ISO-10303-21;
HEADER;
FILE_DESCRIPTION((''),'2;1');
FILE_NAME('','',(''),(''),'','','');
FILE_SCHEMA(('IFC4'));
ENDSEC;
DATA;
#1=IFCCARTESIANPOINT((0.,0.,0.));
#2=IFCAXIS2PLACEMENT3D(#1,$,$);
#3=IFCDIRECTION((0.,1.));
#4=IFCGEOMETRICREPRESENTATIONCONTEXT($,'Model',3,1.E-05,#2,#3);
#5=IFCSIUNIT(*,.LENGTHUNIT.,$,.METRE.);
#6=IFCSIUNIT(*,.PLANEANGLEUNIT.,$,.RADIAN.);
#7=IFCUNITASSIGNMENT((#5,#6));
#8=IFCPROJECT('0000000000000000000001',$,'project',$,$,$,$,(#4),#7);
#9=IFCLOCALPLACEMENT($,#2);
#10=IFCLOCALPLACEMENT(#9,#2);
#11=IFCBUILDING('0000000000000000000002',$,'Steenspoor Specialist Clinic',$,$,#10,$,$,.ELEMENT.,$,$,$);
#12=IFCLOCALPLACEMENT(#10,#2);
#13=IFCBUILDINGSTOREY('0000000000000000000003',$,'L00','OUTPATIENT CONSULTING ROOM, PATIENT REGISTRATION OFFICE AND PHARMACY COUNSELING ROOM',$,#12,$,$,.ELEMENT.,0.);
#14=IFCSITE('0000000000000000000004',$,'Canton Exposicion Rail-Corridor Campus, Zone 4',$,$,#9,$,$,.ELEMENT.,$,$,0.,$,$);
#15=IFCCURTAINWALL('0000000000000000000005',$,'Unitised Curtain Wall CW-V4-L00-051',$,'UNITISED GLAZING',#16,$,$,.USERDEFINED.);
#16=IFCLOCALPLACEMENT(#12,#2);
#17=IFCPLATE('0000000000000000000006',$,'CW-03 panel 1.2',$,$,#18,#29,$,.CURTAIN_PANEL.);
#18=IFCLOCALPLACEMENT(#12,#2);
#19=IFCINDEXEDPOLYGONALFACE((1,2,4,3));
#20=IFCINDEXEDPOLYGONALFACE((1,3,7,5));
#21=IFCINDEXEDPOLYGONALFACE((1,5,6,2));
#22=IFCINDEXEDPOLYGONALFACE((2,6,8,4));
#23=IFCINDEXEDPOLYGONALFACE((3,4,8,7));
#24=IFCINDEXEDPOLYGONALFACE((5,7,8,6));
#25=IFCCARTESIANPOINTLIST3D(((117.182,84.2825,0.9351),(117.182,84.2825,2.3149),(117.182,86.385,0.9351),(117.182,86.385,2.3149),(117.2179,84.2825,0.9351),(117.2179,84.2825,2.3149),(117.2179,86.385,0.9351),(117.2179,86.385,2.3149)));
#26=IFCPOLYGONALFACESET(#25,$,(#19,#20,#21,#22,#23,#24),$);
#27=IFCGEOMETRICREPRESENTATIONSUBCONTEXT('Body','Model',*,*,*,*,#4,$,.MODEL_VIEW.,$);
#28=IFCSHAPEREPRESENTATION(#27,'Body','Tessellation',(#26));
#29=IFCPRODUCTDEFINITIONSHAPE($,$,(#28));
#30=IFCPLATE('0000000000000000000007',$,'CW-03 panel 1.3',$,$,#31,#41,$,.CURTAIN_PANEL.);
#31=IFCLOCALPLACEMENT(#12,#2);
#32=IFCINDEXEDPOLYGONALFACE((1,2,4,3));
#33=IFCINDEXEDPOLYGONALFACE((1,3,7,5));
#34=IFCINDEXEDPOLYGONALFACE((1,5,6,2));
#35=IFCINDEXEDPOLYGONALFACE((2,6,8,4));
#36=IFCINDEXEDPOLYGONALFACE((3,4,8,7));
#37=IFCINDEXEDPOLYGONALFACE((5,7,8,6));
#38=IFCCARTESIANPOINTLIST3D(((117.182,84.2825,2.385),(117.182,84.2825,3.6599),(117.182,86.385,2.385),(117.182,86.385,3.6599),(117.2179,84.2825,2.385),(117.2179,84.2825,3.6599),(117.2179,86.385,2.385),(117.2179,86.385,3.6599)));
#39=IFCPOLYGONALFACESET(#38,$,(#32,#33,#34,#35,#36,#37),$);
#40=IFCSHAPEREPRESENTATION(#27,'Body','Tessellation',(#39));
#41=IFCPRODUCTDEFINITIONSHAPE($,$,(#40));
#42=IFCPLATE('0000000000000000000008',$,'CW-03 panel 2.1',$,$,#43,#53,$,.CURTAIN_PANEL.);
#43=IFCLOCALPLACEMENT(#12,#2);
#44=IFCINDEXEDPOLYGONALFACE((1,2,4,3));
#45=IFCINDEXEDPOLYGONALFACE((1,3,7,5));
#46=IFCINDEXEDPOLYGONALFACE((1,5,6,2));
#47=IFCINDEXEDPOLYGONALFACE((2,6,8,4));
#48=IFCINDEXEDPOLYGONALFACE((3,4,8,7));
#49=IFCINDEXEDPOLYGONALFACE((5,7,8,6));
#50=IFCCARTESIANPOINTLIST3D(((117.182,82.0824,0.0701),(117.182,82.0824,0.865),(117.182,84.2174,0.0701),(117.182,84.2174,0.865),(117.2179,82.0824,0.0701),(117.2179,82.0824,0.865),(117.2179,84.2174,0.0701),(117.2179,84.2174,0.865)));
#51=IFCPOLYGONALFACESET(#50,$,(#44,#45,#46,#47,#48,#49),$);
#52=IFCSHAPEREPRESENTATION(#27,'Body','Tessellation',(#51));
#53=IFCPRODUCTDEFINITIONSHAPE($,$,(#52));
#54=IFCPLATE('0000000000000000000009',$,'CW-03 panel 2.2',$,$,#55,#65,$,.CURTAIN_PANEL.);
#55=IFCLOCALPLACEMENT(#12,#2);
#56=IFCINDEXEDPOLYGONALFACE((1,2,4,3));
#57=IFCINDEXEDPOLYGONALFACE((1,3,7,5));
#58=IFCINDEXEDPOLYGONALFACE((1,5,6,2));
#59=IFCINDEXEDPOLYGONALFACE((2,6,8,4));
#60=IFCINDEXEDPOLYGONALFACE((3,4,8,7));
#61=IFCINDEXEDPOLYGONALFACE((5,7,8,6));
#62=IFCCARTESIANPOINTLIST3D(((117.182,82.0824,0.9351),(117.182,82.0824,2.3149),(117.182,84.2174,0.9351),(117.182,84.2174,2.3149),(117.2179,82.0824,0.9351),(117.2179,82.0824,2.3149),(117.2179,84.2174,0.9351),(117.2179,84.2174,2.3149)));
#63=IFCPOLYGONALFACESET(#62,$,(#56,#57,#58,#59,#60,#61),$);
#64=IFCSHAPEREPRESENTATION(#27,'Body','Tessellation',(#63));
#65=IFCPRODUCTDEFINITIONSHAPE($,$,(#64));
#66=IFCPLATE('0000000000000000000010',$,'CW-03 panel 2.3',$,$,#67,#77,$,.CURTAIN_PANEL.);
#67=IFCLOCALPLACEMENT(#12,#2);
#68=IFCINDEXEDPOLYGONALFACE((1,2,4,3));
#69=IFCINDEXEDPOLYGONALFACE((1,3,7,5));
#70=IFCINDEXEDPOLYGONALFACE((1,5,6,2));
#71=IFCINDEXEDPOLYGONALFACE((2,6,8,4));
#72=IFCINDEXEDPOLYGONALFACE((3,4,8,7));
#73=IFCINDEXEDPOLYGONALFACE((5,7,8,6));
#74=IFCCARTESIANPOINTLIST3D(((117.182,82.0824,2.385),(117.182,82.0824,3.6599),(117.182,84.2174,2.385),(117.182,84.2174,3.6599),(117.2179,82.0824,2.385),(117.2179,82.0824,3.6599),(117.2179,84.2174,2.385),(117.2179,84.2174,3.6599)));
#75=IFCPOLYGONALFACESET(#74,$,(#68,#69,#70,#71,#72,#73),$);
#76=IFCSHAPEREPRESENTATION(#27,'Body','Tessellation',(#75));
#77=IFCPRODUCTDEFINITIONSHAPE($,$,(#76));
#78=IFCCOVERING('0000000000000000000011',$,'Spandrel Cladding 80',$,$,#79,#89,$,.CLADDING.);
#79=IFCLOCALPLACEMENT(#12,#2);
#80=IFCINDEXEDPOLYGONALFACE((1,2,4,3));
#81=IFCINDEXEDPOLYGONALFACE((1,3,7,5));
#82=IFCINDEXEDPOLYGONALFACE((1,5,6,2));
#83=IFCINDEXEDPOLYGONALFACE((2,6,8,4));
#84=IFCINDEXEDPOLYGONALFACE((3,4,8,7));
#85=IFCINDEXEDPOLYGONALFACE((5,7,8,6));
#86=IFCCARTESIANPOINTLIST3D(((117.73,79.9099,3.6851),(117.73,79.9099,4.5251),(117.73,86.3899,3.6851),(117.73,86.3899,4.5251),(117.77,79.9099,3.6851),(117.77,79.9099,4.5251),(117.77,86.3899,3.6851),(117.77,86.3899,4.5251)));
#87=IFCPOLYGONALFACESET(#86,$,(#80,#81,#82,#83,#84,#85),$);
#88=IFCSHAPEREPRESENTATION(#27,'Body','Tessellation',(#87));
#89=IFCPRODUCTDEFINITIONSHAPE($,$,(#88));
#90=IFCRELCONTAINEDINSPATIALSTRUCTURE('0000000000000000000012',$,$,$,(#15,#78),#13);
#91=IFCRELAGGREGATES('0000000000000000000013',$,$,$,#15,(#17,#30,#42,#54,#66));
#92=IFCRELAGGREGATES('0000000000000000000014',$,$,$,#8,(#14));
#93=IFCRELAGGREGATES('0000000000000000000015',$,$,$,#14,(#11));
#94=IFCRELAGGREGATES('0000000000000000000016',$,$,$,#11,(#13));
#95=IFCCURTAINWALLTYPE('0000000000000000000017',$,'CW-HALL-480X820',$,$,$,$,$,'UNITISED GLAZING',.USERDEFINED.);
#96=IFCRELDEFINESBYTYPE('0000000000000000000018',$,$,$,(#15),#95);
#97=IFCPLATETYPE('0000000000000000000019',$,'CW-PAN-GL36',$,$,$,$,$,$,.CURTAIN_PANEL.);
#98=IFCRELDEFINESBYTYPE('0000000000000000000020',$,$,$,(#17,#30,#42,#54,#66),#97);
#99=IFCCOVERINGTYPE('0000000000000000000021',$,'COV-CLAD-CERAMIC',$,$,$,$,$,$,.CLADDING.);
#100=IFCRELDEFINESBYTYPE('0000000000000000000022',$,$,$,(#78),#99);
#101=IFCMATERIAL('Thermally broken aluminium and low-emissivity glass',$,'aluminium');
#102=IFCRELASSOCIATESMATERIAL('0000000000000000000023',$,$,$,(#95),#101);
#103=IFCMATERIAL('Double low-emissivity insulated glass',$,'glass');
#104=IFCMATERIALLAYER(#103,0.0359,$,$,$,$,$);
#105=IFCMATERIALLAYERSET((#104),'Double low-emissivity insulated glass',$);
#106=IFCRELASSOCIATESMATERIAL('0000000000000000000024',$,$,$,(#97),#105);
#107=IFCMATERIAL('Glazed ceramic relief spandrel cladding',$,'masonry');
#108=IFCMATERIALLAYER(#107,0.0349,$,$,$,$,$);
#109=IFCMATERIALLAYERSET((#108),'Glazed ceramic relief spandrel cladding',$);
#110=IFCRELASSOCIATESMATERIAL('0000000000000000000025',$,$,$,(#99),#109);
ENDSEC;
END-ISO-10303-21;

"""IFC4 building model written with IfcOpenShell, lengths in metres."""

from ifc_helpers import new_model, si_unit, direction, frame, origin, origin_2d, place, context, subcontext, project, spatial, rectangle, extrude, material, layer, layer_set, type_object, element, aggregate, save


model = new_model("IFC4")

# Units and contexts
model_context = context("Model", 3, precision=1e-05, world=origin(), true_north=direction((0.0, 1.0)))
body_context = subcontext(model_context, "Body", "Model", "MODEL_VIEW")
ifc_project = project(units=[si_unit("LENGTHUNIT", "METRE"), si_unit("PLANEANGLEUNIT", "RADIAN")], contexts=[model_context])

# Site, building, storey
site_placement = place(None, origin())
site = spatial("IfcSite", under=ifc_project, at=site_placement, Name="Canton Exposicion Rail-Corridor Campus, Zone 4", CompositionType="ELEMENT", RefElevation=0.0)
building_placement = place(site_placement, origin())
building = spatial("IfcBuilding", under=site, at=building_placement, Name="Steenspoor Specialist Clinic", CompositionType="ELEMENT")
storey_placement = place(building_placement, origin())
storey = spatial("IfcBuildingStorey", under=building, at=storey_placement, Name="L00", Description="OUTPATIENT CONSULTING ROOM, PATIENT REGISTRATION OFFICE AND PHARMACY COUNSELING ROOM", CompositionType="ELEMENT", Elevation=0.0)

# Curtain wall, plates
ifc_material_1 = material(Name="Thermally broken aluminium and low-emissivity glass", Category="aluminium")
curtain_wall_type = type_object("IfcCurtainWallType", Name="CW-HALL-480X820", ElementType="UNITISED GLAZING", PredefinedType="USERDEFINED", material=ifc_material_1)
curtain_wall_placement = place(storey_placement, origin())
curtain_wall = element("IfcCurtainWall", 1, at=curtain_wall_placement, inside=storey, type_object=curtain_wall_type, Name="Unitised Curtain Wall CW-V4-L00-051", ObjectType="UNITISED GLAZING", PredefinedType="USERDEFINED")
ifc_material_2 = material(Name="Double low-emissivity insulated glass", Category="glass")
ifc_layer_1 = layer(ifc_material_2, 0.0359)
ifc_layer_set_1 = layer_set([ifc_layer_1], Name="Double low-emissivity insulated glass")
plate_type = type_object("IfcPlateType", Name="CW-PAN-GL36", PredefinedType="CURTAIN_PANEL", material=ifc_layer_set_1)
plate_1_placement = place(storey_placement, frame((117.2, 85.3337, 0.9351), z_axis=(0.0, 0.0, 1.0), x_axis=(0.0, -1.0, 0.0)))
plate_1 = element("IfcPlate", 2, at=plate_1_placement, type_object=plate_type, Name="CW-03 panel 1.2", PredefinedType="CURTAIN_PANEL", context=body_context, shape_type="SweptSolid", body=[
    extrude(rectangle(XDim=2.1025, YDim=0.0359, at=origin_2d()), origin(), (0.0, 0.0, 1.0), 1.3799),
])
plate_2_placement = place(storey_placement, frame((117.2, 85.3337, 2.385), z_axis=(0.0, 0.0, 1.0), x_axis=(0.0, -1.0, 0.0)))
plate_2 = element("IfcPlate", 3, at=plate_2_placement, type_object=plate_type, Name="CW-03 panel 1.3", PredefinedType="CURTAIN_PANEL", context=body_context, shape_type="SweptSolid", body=[
    extrude(rectangle(XDim=2.1025, YDim=0.0359, at=origin_2d()), origin(), (0.0, 0.0, 1.0), 1.2749),
])
plate_3_placement = place(storey_placement, frame((117.2, 83.1499, 0.0701), z_axis=(0.0, 0.0, 1.0), x_axis=(0.0, -1.0, 0.0)))
plate_3 = element("IfcPlate", 4, at=plate_3_placement, type_object=plate_type, Name="CW-03 panel 2.1", PredefinedType="CURTAIN_PANEL", context=body_context, shape_type="SweptSolid", body=[
    extrude(rectangle(XDim=2.135, YDim=0.0359, at=origin_2d()), origin(), (0.0, 0.0, 1.0), 0.7949),
])
plate_4_placement = place(storey_placement, frame((117.2, 83.1499, 0.9351), z_axis=(0.0, 0.0, 1.0), x_axis=(0.0, -1.0, 0.0)))
plate_4 = element("IfcPlate", 5, at=plate_4_placement, type_object=plate_type, Name="CW-03 panel 2.2", PredefinedType="CURTAIN_PANEL", context=body_context, shape_type="SweptSolid", body=[
    extrude(rectangle(XDim=2.135, YDim=0.0359, at=origin_2d()), origin(), (0.0, 0.0, 1.0), 1.3799),
])
plate_5_placement = place(storey_placement, frame((117.2, 83.1499, 2.385), z_axis=(0.0, 0.0, 1.0), x_axis=(0.0, -1.0, 0.0)))
plate_5 = element("IfcPlate", 6, at=plate_5_placement, type_object=plate_type, Name="CW-03 panel 2.3", PredefinedType="CURTAIN_PANEL", context=body_context, shape_type="SweptSolid", body=[
    extrude(rectangle(XDim=2.135, YDim=0.0359, at=origin_2d()), origin(), (0.0, 0.0, 1.0), 1.2749),
])
aggregate(curtain_wall, [plate_1, plate_2, plate_3, plate_4, plate_5])

# Covering
ifc_material_3 = material(Name="Glazed ceramic relief spandrel cladding", Category="masonry")
ifc_layer_2 = layer(ifc_material_3, 0.0349)
ifc_layer_set_2 = layer_set([ifc_layer_2], Name="Glazed ceramic relief spandrel cladding")
covering_type = type_object("IfcCoveringType", Name="COV-CLAD-CERAMIC", PredefinedType="CLADDING", material=ifc_layer_set_2)
covering_placement = place(storey_placement, frame((117.75, 83.1499, 3.6851), z_axis=(0.0, 0.0, 1.0), x_axis=(0.0, 1.0, 0.0)))
element("IfcCovering", 7, at=covering_placement, inside=storey, type_object=covering_type, Name="Spandrel Cladding 80", PredefinedType="CLADDING", context=body_context, shape_type="SweptSolid", body=[
    extrude(rectangle(XDim=6.48, YDim=0.04, at=origin_2d()), origin(), (0.0, 0.0, 1.0), 0.8401),
])

save(model, "model.ifc")
